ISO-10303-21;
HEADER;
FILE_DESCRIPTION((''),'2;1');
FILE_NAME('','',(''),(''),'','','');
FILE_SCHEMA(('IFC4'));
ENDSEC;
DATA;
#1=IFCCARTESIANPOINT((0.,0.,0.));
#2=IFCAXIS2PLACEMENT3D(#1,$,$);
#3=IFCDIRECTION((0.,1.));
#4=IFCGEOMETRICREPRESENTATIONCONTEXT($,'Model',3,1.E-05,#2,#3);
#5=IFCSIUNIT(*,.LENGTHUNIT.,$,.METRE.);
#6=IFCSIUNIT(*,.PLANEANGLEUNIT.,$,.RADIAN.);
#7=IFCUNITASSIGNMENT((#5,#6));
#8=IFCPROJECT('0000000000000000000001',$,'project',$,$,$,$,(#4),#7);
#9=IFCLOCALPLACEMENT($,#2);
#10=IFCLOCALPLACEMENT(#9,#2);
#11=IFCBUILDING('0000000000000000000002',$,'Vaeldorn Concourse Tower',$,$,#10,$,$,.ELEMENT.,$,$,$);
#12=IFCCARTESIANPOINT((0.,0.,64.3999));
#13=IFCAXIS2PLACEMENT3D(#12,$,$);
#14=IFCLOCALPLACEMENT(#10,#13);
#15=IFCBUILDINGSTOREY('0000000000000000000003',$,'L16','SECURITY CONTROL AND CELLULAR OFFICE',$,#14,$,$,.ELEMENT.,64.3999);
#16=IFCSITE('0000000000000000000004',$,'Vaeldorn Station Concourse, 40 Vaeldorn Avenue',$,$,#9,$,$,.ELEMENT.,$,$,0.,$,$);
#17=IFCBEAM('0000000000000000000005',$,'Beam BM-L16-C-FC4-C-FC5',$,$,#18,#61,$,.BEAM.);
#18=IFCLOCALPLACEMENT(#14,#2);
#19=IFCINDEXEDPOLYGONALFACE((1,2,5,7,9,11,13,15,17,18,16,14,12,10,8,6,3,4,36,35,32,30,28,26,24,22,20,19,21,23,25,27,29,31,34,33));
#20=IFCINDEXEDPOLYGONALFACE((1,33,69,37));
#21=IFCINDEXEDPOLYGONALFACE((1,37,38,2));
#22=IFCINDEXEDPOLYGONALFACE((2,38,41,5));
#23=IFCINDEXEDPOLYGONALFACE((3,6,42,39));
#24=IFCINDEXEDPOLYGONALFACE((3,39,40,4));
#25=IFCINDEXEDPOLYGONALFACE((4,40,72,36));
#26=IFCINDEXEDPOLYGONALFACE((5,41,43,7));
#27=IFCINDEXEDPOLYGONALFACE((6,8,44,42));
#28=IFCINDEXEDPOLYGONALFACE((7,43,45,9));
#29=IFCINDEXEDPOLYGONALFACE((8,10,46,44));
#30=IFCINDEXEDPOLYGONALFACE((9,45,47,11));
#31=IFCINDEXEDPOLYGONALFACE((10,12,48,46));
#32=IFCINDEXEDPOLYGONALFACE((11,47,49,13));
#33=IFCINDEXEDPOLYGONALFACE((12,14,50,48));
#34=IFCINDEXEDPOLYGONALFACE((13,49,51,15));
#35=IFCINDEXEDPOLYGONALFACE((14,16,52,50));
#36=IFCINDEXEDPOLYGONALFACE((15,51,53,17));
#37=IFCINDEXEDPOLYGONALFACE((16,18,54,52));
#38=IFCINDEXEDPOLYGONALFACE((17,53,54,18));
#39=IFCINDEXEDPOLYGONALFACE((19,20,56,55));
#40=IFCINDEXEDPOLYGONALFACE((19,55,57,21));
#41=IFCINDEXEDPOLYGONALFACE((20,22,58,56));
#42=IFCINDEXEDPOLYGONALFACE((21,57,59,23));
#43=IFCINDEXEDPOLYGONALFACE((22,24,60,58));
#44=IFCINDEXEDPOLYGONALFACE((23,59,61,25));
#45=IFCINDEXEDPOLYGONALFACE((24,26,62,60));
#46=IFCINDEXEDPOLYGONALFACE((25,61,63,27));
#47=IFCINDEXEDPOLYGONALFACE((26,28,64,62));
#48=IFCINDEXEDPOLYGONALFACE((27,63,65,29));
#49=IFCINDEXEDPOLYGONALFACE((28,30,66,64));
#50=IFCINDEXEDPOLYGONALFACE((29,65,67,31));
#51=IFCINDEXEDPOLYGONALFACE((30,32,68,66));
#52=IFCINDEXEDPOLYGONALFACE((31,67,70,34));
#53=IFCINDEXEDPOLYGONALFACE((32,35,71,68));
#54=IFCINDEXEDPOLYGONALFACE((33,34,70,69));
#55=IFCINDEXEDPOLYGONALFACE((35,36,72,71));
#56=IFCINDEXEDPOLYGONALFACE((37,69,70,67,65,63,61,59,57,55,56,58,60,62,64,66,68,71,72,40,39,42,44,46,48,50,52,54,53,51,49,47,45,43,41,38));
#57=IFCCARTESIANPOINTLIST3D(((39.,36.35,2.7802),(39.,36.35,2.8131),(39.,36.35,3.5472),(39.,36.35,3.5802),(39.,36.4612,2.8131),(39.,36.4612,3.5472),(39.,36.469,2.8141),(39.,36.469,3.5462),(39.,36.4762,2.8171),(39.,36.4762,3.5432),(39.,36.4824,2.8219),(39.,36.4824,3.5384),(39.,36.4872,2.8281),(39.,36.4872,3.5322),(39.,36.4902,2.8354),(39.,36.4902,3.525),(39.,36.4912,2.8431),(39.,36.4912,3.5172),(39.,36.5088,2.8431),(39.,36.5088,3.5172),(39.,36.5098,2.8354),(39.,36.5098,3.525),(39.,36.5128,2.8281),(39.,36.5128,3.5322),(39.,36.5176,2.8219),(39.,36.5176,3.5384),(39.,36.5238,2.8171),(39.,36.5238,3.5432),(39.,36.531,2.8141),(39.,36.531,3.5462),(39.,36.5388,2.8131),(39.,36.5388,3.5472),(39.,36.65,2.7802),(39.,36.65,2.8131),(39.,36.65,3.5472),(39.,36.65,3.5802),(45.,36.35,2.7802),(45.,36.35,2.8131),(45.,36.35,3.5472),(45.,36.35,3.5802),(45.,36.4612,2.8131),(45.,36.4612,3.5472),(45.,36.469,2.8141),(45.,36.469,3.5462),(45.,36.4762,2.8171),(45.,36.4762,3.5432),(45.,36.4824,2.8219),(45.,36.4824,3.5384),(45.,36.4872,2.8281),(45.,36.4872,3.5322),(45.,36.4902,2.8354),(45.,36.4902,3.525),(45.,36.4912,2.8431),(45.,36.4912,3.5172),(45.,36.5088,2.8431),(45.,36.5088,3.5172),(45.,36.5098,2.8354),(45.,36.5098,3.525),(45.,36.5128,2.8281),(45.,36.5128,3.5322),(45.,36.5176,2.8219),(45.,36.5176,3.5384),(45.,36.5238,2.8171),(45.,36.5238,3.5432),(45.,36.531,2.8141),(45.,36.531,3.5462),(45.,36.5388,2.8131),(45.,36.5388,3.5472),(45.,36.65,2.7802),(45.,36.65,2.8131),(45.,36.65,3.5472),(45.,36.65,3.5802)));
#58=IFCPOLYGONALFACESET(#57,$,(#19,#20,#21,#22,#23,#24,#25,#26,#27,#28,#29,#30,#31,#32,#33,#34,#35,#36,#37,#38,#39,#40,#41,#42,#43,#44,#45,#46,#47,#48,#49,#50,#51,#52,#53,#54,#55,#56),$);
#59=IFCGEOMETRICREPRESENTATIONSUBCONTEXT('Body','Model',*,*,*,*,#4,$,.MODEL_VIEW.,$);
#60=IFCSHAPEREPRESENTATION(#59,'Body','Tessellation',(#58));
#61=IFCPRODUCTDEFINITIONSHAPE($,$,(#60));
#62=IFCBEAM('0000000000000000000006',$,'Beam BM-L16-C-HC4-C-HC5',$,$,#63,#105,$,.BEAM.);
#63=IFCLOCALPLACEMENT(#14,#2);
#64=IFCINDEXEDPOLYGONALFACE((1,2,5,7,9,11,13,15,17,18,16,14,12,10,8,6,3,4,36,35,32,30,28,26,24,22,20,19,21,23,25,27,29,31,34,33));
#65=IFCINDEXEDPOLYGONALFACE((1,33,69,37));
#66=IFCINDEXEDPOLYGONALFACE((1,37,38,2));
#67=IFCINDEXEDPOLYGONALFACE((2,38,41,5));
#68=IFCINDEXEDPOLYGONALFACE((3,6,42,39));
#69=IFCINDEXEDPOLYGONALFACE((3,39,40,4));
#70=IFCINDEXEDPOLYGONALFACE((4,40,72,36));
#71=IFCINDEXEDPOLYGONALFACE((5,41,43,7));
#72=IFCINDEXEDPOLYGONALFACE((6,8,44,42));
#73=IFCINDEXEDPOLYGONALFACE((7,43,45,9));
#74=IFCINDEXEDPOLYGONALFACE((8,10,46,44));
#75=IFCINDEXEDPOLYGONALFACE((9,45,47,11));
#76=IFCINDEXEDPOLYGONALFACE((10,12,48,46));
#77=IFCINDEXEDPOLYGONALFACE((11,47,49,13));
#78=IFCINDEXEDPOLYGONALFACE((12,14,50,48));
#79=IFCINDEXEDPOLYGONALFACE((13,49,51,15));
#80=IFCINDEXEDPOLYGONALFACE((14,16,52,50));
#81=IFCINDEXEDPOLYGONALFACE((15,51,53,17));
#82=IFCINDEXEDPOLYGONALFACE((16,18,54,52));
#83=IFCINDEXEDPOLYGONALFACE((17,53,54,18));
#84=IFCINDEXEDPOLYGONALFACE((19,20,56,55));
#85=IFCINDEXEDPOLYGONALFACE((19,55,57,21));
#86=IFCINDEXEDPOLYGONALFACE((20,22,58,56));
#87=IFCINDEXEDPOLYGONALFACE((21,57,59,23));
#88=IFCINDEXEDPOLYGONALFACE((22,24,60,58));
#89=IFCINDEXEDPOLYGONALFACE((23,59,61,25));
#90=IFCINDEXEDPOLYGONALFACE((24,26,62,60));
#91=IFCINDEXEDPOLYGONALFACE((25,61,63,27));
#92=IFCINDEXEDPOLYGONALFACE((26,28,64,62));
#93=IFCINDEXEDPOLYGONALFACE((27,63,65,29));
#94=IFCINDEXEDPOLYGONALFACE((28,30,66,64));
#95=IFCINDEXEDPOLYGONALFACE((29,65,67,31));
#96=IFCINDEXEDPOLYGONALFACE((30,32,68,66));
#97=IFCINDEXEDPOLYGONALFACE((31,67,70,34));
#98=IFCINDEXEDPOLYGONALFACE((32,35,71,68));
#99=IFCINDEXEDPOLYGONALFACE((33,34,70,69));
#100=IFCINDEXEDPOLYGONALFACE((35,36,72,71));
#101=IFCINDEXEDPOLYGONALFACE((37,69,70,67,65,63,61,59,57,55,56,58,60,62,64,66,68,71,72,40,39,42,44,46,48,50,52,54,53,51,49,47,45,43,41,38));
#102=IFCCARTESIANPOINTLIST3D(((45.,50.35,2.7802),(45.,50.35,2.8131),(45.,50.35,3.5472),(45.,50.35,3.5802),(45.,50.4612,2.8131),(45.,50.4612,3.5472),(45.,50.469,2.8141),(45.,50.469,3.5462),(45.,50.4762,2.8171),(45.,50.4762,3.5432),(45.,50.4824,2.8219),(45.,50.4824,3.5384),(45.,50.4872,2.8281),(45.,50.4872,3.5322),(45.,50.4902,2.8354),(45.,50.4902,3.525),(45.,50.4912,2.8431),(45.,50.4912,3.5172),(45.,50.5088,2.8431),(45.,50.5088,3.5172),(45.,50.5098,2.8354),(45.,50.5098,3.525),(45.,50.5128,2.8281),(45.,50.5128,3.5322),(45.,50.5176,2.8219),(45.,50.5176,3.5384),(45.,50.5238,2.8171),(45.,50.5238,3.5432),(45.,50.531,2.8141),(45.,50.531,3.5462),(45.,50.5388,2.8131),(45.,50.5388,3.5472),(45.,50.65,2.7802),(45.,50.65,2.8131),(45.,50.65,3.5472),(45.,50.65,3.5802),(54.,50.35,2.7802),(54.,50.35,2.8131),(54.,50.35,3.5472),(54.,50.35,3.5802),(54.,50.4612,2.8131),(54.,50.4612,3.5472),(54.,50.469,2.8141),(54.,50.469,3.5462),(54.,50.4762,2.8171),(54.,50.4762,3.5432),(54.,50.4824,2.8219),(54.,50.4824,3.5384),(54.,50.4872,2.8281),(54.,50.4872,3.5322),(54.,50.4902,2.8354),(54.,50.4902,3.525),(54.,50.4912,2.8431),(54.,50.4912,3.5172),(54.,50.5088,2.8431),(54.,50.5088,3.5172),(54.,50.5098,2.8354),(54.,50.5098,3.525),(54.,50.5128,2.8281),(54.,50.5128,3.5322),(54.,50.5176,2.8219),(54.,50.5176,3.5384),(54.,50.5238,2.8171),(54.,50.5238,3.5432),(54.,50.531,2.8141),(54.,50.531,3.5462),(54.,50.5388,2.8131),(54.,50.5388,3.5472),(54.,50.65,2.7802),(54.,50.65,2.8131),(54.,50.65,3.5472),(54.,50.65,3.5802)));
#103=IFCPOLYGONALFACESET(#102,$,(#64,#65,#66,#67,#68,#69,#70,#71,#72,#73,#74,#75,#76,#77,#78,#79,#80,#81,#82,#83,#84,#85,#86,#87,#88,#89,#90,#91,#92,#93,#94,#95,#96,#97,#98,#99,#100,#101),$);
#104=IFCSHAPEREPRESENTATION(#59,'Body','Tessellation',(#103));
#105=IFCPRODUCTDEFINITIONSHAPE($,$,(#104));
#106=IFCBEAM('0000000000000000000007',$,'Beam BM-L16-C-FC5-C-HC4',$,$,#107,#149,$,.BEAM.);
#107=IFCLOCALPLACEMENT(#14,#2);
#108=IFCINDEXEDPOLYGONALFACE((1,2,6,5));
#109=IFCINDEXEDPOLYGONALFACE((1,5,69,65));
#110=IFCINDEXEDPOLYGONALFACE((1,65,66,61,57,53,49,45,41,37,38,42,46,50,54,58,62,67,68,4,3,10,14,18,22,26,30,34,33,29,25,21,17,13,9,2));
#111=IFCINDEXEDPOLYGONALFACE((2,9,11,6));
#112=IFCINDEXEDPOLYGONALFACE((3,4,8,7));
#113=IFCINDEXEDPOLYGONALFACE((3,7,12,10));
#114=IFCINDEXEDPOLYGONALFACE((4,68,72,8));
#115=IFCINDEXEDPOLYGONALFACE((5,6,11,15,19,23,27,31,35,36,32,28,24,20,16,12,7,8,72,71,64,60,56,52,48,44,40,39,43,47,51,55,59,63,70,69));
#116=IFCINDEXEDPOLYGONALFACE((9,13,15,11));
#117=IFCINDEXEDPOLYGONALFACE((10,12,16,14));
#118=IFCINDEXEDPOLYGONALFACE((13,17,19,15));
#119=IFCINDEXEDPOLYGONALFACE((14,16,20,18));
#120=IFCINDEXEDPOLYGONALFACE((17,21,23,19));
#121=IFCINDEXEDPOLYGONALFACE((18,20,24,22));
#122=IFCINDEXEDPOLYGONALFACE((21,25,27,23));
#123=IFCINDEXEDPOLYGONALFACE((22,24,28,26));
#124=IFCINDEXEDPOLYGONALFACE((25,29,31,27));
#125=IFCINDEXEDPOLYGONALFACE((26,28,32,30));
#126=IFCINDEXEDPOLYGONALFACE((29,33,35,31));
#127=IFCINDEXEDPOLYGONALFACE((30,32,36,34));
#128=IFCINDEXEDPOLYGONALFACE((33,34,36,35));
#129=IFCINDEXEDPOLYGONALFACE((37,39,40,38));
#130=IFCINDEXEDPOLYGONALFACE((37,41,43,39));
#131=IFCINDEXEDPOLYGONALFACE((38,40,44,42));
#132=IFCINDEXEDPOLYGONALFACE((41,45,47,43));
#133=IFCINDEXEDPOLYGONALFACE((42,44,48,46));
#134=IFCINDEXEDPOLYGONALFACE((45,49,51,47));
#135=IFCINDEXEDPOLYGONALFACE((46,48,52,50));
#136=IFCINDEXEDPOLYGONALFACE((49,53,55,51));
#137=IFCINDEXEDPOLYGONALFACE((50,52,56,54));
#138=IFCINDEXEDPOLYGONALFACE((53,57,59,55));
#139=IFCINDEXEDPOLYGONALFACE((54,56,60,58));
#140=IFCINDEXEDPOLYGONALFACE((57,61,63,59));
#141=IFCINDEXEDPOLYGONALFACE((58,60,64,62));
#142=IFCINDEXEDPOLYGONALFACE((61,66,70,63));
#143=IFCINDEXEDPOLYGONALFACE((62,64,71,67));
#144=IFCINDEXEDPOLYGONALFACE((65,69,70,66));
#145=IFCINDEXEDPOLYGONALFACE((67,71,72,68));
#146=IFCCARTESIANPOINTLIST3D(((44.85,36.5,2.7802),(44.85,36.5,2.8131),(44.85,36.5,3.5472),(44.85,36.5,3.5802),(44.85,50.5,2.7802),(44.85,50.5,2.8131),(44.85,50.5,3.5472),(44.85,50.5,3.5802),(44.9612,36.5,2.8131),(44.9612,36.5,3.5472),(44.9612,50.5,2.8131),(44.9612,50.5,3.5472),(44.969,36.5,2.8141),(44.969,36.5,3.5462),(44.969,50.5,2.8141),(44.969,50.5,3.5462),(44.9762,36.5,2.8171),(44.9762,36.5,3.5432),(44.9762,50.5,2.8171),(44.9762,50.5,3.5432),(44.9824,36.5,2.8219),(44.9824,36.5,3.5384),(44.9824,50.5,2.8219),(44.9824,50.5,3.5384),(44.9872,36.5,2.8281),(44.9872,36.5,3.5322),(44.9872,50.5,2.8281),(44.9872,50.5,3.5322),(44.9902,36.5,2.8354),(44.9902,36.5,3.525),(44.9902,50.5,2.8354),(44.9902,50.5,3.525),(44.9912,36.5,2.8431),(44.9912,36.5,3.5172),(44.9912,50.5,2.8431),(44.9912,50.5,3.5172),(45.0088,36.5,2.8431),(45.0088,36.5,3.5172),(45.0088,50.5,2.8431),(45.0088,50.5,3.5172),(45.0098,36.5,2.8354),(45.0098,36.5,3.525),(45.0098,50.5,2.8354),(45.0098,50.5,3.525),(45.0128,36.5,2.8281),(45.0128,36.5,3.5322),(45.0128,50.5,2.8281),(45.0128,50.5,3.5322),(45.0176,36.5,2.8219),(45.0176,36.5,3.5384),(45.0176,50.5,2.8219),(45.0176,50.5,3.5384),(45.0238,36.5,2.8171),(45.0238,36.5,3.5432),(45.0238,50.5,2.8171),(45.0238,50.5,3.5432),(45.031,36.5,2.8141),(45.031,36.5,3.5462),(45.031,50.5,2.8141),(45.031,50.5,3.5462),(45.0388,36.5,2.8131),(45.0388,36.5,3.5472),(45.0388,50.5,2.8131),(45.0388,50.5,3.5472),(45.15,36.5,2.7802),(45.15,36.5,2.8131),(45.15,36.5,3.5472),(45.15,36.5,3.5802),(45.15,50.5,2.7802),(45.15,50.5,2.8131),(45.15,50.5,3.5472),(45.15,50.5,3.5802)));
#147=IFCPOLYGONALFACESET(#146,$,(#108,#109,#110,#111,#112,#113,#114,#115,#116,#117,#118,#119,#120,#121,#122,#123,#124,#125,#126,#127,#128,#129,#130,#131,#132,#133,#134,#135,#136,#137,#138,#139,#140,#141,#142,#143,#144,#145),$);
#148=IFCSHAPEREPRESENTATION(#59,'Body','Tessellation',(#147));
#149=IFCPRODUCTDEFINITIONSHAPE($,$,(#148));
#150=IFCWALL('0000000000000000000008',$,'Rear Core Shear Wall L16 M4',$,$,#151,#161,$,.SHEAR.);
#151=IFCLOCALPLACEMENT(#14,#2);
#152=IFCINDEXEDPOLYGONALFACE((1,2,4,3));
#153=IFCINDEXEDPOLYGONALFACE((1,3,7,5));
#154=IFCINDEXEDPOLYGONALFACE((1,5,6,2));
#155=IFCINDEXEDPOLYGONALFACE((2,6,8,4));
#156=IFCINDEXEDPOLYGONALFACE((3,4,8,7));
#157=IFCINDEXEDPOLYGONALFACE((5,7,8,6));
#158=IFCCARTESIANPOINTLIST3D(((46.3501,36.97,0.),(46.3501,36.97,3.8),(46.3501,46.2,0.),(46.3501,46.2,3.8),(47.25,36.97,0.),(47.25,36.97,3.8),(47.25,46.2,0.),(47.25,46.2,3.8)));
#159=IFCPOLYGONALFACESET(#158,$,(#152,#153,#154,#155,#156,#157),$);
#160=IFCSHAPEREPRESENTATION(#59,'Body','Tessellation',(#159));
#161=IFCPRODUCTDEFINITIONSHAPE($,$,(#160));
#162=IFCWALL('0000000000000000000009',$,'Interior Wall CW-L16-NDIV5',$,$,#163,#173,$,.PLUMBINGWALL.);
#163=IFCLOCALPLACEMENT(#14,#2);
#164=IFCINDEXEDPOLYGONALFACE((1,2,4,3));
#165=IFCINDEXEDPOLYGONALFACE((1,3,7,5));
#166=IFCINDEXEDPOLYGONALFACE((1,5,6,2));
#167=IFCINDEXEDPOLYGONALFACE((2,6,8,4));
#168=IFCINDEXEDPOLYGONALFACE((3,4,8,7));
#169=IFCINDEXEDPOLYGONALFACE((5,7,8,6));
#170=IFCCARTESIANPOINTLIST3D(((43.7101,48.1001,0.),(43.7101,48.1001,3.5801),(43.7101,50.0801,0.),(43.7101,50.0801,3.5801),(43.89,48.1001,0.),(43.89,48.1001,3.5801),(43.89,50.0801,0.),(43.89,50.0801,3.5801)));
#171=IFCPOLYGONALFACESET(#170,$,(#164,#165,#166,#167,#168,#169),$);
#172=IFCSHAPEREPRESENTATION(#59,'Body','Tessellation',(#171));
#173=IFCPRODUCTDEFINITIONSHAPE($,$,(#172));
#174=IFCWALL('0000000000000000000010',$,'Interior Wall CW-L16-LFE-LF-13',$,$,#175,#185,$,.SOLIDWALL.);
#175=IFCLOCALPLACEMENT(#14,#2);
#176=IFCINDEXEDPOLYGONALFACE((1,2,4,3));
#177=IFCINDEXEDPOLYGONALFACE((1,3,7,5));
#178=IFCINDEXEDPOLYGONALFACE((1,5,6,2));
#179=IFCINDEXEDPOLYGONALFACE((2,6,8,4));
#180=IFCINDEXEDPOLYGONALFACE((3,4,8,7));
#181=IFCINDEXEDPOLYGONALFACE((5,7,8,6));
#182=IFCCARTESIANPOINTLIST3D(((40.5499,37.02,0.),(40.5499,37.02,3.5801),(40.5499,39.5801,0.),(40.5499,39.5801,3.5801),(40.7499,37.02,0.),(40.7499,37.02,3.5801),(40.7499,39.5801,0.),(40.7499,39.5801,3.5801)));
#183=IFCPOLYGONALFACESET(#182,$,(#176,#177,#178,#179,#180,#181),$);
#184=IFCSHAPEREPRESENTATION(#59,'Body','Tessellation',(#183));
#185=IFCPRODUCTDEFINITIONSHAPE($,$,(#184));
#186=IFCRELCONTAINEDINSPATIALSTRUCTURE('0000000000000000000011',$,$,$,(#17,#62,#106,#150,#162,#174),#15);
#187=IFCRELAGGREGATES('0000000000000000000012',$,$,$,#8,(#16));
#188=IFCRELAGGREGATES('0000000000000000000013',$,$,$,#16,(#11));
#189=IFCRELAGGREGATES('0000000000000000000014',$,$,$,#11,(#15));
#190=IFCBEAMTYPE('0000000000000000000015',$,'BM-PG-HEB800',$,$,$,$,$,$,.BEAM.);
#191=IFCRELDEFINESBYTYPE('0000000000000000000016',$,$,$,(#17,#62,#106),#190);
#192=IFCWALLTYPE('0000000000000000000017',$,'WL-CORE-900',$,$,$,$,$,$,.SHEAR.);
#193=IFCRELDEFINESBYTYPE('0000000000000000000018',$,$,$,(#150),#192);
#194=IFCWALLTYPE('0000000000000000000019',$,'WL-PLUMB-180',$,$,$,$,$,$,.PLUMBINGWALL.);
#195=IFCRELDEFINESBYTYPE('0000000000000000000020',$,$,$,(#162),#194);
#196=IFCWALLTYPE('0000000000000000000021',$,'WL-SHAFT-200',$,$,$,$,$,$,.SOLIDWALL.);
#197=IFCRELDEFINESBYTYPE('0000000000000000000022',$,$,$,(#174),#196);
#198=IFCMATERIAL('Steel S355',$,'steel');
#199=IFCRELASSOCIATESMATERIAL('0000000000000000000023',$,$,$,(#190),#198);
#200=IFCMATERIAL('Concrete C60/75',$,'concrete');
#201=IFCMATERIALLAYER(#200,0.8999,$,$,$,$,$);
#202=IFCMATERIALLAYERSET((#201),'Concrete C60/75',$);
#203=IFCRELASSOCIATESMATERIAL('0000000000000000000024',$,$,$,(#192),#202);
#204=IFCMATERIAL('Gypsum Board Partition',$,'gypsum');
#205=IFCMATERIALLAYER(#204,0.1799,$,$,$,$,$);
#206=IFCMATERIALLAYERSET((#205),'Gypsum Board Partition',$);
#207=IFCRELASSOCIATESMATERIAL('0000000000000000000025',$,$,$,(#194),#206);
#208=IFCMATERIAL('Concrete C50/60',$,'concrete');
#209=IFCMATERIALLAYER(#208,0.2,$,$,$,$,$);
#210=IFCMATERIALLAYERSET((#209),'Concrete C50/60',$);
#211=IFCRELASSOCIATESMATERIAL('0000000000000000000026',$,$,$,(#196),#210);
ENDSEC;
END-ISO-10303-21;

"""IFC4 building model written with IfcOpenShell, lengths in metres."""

from ifc_helpers import new_model, si_unit, direction, frame, frame_2d, origin, origin_2d, place, context, subcontext, project, spatial, rectangle, i_section, extrude, source, transform, mapped, material, layer, layer_set, material_profile, profile_set, type_object, element, save


model = new_model("IFC4")

# Units and contexts
model_context = context("Model", 3, precision=1e-05, world=origin(), true_north=direction((0.0, 1.0)))
body_context = subcontext(model_context, "Body", "Model", "MODEL_VIEW")
ifc_project = project(units=[si_unit("LENGTHUNIT", "METRE"), si_unit("PLANEANGLEUNIT", "RADIAN")], contexts=[model_context])

# Site, building, storey
site_placement = place(None, origin())
site = spatial("IfcSite", under=ifc_project, at=site_placement, Name="Vaeldorn Station Concourse, 40 Vaeldorn Avenue", CompositionType="ELEMENT", RefElevation=0.0)
building_placement = place(site_placement, origin())
building = spatial("IfcBuilding", under=site, at=building_placement, Name="Vaeldorn Concourse Tower", CompositionType="ELEMENT")
storey_placement = place(building_placement, frame((0.0, 0.0, 64.3999)))
storey = spatial("IfcBuildingStorey", under=building, at=storey_placement, Name="L16", Description="SECURITY CONTROL AND CELLULAR OFFICE", CompositionType="ELEMENT", Elevation=64.3999)

# Beams
ifc_material_1 = material(Name="Concrete C60/75", Category="concrete")
ifc_material_2 = material(Name="Steel S355", Category="steel")
ifc_material_profile_1 = material_profile(ifc_material_2, i_section(OverallWidth=0.3, OverallDepth=0.8, WebThickness=0.0176, FlangeThickness=0.033, FilletRadius=0.03, at=origin_2d()), Name="HEB 800")
ifc_profile_set_1 = profile_set([ifc_material_profile_1], Name="Steel S355")
beam_type_1 = type_object("IfcBeamType", Name="BM-PG-HEB800", PredefinedType="BEAM", material=ifc_profile_set_1)
shared_shape_1 = source(origin(), body_context, "Body", "SweptSolid", [
    extrude(i_section(OverallWidth=0.3, OverallDepth=0.8, WebThickness=0.0176, FlangeThickness=0.033, FilletRadius=0.03, at=origin_2d()), origin(), (0.0, 0.0, 1.0), 6.0),
])
beam_1_placement = place(storey_placement, frame((39.0, 36.5, 3.1802), z_axis=(1.0, 0.0, 0.0), x_axis=(0.0, 1.0, 0.0)))
element("IfcBeam", 1, at=beam_1_placement, inside=storey, type_object=beam_type_1, Name="Beam BM-L16-C-FC4-C-FC5", PredefinedType="BEAM", context=body_context, shape_type="MappedRepresentation", body=[
    mapped(shared_shape_1, transform((0.0, 0.0, 0.0), scale=1.0)),
])
shared_shape_2 = source(origin(), body_context, "Body", "SweptSolid", [
    extrude(i_section(OverallWidth=0.3, OverallDepth=0.8, WebThickness=0.0176, FlangeThickness=0.033, FilletRadius=0.03, at=origin_2d()), origin(), (0.0, 0.0, 1.0), 9.0),
])
beam_2_placement = place(storey_placement, frame((45.0, 50.5, 3.1802), z_axis=(1.0, 0.0, 0.0), x_axis=(0.0, 1.0, 0.0)))
element("IfcBeam", 2, at=beam_2_placement, inside=storey, type_object=beam_type_1, Name="Beam BM-L16-C-HC4-C-HC5", PredefinedType="BEAM", context=body_context, shape_type="MappedRepresentation", body=[
    mapped(shared_shape_2, transform((0.0, 0.0, 0.0), scale=1.0)),
])
shared_shape_3 = source(origin(), body_context, "Body", "SweptSolid", [
    extrude(i_section(OverallWidth=0.3, OverallDepth=0.8, WebThickness=0.0176, FlangeThickness=0.033, FilletRadius=0.03, at=origin_2d()), origin(), (0.0, 0.0, 1.0), 14.0),
])
beam_3_placement = place(storey_placement, frame((45.0, 36.5, 3.1802), z_axis=(0.0, 1.0, 0.0), x_axis=(-1.0, 0.0, 0.0)))
element("IfcBeam", 3, at=beam_3_placement, inside=storey, type_object=beam_type_1, Name="Beam BM-L16-C-FC5-C-HC4", PredefinedType="BEAM", context=body_context, shape_type="MappedRepresentation", body=[
    mapped(shared_shape_3, transform((0.0, 0.0, 0.0), scale=1.0)),
])

# Walls
ifc_layer_1 = layer(ifc_material_1, 0.8999)
ifc_layer_set_1 = layer_set([ifc_layer_1], Name="Concrete C60/75")
wall_type_1 = type_object("IfcWallType", Name="WL-CORE-900", PredefinedType="SHEAR", material=ifc_layer_set_1)
wall_1_placement = place(storey_placement, frame((46.8, 36.97, 0.0), z_axis=(0.0, 0.0, 1.0), x_axis=(0.0, 1.0, 0.0)))
element("IfcWall", 4, at=wall_1_placement, inside=storey, type_object=wall_type_1, Name="Rear Core Shear Wall L16 M4", PredefinedType="SHEAR", context=body_context, shape_type="SweptSolid", body=[
    extrude(rectangle(XDim=9.23, YDim=0.8999, at=frame_2d((4.615, 0.0))), origin(), (0.0, 0.0, 1.0), 3.8),
])
ifc_material_3 = material(Name="Gypsum Board Partition", Category="gypsum")
ifc_layer_2 = layer(ifc_material_3, 0.1799)
ifc_layer_set_2 = layer_set([ifc_layer_2], Name="Gypsum Board Partition")
wall_type_2 = type_object("IfcWallType", Name="WL-PLUMB-180", PredefinedType="PLUMBINGWALL", material=ifc_layer_set_2)
wall_2_placement = place(storey_placement, frame((43.8, 48.1001, 0.0), z_axis=(0.0, 0.0, 1.0), x_axis=(0.0, 1.0, 0.0)))
element("IfcWall", 5, at=wall_2_placement, inside=storey, type_object=wall_type_2, Name="Interior Wall CW-L16-NDIV5", PredefinedType="PLUMBINGWALL", context=body_context, shape_type="SweptSolid", body=[
    extrude(rectangle(XDim=1.98, YDim=0.1799, at=frame_2d((0.99, 0.0))), origin(), (0.0, 0.0, 1.0), 3.5801),
])

# Shared definitions
ifc_material_4 = material(Name="Concrete C50/60", Category="concrete")
ifc_layer_3 = layer(ifc_material_4, 0.2)
ifc_layer_set_3 = layer_set([ifc_layer_3], Name="Concrete C50/60")
wall_type_3 = type_object("IfcWallType", Name="WL-SHAFT-200", PredefinedType="SOLIDWALL", material=ifc_layer_set_3)

# Wall
wall_3_placement = place(storey_placement, frame((40.6499, 37.02, 0.0), z_axis=(0.0, 0.0, 1.0), x_axis=(0.0, 1.0, 0.0)))
element("IfcWall", 6, at=wall_3_placement, inside=storey, type_object=wall_type_3, Name="Interior Wall CW-L16-LFE-LF-13", PredefinedType="SOLIDWALL", context=body_context, shape_type="SweptSolid", body=[
    extrude(rectangle(XDim=2.5601, YDim=0.2, at=frame_2d((1.28, 0.0))), origin(), (0.0, 0.0, 1.0), 3.5801),
])

save(model, "model.ifc")
